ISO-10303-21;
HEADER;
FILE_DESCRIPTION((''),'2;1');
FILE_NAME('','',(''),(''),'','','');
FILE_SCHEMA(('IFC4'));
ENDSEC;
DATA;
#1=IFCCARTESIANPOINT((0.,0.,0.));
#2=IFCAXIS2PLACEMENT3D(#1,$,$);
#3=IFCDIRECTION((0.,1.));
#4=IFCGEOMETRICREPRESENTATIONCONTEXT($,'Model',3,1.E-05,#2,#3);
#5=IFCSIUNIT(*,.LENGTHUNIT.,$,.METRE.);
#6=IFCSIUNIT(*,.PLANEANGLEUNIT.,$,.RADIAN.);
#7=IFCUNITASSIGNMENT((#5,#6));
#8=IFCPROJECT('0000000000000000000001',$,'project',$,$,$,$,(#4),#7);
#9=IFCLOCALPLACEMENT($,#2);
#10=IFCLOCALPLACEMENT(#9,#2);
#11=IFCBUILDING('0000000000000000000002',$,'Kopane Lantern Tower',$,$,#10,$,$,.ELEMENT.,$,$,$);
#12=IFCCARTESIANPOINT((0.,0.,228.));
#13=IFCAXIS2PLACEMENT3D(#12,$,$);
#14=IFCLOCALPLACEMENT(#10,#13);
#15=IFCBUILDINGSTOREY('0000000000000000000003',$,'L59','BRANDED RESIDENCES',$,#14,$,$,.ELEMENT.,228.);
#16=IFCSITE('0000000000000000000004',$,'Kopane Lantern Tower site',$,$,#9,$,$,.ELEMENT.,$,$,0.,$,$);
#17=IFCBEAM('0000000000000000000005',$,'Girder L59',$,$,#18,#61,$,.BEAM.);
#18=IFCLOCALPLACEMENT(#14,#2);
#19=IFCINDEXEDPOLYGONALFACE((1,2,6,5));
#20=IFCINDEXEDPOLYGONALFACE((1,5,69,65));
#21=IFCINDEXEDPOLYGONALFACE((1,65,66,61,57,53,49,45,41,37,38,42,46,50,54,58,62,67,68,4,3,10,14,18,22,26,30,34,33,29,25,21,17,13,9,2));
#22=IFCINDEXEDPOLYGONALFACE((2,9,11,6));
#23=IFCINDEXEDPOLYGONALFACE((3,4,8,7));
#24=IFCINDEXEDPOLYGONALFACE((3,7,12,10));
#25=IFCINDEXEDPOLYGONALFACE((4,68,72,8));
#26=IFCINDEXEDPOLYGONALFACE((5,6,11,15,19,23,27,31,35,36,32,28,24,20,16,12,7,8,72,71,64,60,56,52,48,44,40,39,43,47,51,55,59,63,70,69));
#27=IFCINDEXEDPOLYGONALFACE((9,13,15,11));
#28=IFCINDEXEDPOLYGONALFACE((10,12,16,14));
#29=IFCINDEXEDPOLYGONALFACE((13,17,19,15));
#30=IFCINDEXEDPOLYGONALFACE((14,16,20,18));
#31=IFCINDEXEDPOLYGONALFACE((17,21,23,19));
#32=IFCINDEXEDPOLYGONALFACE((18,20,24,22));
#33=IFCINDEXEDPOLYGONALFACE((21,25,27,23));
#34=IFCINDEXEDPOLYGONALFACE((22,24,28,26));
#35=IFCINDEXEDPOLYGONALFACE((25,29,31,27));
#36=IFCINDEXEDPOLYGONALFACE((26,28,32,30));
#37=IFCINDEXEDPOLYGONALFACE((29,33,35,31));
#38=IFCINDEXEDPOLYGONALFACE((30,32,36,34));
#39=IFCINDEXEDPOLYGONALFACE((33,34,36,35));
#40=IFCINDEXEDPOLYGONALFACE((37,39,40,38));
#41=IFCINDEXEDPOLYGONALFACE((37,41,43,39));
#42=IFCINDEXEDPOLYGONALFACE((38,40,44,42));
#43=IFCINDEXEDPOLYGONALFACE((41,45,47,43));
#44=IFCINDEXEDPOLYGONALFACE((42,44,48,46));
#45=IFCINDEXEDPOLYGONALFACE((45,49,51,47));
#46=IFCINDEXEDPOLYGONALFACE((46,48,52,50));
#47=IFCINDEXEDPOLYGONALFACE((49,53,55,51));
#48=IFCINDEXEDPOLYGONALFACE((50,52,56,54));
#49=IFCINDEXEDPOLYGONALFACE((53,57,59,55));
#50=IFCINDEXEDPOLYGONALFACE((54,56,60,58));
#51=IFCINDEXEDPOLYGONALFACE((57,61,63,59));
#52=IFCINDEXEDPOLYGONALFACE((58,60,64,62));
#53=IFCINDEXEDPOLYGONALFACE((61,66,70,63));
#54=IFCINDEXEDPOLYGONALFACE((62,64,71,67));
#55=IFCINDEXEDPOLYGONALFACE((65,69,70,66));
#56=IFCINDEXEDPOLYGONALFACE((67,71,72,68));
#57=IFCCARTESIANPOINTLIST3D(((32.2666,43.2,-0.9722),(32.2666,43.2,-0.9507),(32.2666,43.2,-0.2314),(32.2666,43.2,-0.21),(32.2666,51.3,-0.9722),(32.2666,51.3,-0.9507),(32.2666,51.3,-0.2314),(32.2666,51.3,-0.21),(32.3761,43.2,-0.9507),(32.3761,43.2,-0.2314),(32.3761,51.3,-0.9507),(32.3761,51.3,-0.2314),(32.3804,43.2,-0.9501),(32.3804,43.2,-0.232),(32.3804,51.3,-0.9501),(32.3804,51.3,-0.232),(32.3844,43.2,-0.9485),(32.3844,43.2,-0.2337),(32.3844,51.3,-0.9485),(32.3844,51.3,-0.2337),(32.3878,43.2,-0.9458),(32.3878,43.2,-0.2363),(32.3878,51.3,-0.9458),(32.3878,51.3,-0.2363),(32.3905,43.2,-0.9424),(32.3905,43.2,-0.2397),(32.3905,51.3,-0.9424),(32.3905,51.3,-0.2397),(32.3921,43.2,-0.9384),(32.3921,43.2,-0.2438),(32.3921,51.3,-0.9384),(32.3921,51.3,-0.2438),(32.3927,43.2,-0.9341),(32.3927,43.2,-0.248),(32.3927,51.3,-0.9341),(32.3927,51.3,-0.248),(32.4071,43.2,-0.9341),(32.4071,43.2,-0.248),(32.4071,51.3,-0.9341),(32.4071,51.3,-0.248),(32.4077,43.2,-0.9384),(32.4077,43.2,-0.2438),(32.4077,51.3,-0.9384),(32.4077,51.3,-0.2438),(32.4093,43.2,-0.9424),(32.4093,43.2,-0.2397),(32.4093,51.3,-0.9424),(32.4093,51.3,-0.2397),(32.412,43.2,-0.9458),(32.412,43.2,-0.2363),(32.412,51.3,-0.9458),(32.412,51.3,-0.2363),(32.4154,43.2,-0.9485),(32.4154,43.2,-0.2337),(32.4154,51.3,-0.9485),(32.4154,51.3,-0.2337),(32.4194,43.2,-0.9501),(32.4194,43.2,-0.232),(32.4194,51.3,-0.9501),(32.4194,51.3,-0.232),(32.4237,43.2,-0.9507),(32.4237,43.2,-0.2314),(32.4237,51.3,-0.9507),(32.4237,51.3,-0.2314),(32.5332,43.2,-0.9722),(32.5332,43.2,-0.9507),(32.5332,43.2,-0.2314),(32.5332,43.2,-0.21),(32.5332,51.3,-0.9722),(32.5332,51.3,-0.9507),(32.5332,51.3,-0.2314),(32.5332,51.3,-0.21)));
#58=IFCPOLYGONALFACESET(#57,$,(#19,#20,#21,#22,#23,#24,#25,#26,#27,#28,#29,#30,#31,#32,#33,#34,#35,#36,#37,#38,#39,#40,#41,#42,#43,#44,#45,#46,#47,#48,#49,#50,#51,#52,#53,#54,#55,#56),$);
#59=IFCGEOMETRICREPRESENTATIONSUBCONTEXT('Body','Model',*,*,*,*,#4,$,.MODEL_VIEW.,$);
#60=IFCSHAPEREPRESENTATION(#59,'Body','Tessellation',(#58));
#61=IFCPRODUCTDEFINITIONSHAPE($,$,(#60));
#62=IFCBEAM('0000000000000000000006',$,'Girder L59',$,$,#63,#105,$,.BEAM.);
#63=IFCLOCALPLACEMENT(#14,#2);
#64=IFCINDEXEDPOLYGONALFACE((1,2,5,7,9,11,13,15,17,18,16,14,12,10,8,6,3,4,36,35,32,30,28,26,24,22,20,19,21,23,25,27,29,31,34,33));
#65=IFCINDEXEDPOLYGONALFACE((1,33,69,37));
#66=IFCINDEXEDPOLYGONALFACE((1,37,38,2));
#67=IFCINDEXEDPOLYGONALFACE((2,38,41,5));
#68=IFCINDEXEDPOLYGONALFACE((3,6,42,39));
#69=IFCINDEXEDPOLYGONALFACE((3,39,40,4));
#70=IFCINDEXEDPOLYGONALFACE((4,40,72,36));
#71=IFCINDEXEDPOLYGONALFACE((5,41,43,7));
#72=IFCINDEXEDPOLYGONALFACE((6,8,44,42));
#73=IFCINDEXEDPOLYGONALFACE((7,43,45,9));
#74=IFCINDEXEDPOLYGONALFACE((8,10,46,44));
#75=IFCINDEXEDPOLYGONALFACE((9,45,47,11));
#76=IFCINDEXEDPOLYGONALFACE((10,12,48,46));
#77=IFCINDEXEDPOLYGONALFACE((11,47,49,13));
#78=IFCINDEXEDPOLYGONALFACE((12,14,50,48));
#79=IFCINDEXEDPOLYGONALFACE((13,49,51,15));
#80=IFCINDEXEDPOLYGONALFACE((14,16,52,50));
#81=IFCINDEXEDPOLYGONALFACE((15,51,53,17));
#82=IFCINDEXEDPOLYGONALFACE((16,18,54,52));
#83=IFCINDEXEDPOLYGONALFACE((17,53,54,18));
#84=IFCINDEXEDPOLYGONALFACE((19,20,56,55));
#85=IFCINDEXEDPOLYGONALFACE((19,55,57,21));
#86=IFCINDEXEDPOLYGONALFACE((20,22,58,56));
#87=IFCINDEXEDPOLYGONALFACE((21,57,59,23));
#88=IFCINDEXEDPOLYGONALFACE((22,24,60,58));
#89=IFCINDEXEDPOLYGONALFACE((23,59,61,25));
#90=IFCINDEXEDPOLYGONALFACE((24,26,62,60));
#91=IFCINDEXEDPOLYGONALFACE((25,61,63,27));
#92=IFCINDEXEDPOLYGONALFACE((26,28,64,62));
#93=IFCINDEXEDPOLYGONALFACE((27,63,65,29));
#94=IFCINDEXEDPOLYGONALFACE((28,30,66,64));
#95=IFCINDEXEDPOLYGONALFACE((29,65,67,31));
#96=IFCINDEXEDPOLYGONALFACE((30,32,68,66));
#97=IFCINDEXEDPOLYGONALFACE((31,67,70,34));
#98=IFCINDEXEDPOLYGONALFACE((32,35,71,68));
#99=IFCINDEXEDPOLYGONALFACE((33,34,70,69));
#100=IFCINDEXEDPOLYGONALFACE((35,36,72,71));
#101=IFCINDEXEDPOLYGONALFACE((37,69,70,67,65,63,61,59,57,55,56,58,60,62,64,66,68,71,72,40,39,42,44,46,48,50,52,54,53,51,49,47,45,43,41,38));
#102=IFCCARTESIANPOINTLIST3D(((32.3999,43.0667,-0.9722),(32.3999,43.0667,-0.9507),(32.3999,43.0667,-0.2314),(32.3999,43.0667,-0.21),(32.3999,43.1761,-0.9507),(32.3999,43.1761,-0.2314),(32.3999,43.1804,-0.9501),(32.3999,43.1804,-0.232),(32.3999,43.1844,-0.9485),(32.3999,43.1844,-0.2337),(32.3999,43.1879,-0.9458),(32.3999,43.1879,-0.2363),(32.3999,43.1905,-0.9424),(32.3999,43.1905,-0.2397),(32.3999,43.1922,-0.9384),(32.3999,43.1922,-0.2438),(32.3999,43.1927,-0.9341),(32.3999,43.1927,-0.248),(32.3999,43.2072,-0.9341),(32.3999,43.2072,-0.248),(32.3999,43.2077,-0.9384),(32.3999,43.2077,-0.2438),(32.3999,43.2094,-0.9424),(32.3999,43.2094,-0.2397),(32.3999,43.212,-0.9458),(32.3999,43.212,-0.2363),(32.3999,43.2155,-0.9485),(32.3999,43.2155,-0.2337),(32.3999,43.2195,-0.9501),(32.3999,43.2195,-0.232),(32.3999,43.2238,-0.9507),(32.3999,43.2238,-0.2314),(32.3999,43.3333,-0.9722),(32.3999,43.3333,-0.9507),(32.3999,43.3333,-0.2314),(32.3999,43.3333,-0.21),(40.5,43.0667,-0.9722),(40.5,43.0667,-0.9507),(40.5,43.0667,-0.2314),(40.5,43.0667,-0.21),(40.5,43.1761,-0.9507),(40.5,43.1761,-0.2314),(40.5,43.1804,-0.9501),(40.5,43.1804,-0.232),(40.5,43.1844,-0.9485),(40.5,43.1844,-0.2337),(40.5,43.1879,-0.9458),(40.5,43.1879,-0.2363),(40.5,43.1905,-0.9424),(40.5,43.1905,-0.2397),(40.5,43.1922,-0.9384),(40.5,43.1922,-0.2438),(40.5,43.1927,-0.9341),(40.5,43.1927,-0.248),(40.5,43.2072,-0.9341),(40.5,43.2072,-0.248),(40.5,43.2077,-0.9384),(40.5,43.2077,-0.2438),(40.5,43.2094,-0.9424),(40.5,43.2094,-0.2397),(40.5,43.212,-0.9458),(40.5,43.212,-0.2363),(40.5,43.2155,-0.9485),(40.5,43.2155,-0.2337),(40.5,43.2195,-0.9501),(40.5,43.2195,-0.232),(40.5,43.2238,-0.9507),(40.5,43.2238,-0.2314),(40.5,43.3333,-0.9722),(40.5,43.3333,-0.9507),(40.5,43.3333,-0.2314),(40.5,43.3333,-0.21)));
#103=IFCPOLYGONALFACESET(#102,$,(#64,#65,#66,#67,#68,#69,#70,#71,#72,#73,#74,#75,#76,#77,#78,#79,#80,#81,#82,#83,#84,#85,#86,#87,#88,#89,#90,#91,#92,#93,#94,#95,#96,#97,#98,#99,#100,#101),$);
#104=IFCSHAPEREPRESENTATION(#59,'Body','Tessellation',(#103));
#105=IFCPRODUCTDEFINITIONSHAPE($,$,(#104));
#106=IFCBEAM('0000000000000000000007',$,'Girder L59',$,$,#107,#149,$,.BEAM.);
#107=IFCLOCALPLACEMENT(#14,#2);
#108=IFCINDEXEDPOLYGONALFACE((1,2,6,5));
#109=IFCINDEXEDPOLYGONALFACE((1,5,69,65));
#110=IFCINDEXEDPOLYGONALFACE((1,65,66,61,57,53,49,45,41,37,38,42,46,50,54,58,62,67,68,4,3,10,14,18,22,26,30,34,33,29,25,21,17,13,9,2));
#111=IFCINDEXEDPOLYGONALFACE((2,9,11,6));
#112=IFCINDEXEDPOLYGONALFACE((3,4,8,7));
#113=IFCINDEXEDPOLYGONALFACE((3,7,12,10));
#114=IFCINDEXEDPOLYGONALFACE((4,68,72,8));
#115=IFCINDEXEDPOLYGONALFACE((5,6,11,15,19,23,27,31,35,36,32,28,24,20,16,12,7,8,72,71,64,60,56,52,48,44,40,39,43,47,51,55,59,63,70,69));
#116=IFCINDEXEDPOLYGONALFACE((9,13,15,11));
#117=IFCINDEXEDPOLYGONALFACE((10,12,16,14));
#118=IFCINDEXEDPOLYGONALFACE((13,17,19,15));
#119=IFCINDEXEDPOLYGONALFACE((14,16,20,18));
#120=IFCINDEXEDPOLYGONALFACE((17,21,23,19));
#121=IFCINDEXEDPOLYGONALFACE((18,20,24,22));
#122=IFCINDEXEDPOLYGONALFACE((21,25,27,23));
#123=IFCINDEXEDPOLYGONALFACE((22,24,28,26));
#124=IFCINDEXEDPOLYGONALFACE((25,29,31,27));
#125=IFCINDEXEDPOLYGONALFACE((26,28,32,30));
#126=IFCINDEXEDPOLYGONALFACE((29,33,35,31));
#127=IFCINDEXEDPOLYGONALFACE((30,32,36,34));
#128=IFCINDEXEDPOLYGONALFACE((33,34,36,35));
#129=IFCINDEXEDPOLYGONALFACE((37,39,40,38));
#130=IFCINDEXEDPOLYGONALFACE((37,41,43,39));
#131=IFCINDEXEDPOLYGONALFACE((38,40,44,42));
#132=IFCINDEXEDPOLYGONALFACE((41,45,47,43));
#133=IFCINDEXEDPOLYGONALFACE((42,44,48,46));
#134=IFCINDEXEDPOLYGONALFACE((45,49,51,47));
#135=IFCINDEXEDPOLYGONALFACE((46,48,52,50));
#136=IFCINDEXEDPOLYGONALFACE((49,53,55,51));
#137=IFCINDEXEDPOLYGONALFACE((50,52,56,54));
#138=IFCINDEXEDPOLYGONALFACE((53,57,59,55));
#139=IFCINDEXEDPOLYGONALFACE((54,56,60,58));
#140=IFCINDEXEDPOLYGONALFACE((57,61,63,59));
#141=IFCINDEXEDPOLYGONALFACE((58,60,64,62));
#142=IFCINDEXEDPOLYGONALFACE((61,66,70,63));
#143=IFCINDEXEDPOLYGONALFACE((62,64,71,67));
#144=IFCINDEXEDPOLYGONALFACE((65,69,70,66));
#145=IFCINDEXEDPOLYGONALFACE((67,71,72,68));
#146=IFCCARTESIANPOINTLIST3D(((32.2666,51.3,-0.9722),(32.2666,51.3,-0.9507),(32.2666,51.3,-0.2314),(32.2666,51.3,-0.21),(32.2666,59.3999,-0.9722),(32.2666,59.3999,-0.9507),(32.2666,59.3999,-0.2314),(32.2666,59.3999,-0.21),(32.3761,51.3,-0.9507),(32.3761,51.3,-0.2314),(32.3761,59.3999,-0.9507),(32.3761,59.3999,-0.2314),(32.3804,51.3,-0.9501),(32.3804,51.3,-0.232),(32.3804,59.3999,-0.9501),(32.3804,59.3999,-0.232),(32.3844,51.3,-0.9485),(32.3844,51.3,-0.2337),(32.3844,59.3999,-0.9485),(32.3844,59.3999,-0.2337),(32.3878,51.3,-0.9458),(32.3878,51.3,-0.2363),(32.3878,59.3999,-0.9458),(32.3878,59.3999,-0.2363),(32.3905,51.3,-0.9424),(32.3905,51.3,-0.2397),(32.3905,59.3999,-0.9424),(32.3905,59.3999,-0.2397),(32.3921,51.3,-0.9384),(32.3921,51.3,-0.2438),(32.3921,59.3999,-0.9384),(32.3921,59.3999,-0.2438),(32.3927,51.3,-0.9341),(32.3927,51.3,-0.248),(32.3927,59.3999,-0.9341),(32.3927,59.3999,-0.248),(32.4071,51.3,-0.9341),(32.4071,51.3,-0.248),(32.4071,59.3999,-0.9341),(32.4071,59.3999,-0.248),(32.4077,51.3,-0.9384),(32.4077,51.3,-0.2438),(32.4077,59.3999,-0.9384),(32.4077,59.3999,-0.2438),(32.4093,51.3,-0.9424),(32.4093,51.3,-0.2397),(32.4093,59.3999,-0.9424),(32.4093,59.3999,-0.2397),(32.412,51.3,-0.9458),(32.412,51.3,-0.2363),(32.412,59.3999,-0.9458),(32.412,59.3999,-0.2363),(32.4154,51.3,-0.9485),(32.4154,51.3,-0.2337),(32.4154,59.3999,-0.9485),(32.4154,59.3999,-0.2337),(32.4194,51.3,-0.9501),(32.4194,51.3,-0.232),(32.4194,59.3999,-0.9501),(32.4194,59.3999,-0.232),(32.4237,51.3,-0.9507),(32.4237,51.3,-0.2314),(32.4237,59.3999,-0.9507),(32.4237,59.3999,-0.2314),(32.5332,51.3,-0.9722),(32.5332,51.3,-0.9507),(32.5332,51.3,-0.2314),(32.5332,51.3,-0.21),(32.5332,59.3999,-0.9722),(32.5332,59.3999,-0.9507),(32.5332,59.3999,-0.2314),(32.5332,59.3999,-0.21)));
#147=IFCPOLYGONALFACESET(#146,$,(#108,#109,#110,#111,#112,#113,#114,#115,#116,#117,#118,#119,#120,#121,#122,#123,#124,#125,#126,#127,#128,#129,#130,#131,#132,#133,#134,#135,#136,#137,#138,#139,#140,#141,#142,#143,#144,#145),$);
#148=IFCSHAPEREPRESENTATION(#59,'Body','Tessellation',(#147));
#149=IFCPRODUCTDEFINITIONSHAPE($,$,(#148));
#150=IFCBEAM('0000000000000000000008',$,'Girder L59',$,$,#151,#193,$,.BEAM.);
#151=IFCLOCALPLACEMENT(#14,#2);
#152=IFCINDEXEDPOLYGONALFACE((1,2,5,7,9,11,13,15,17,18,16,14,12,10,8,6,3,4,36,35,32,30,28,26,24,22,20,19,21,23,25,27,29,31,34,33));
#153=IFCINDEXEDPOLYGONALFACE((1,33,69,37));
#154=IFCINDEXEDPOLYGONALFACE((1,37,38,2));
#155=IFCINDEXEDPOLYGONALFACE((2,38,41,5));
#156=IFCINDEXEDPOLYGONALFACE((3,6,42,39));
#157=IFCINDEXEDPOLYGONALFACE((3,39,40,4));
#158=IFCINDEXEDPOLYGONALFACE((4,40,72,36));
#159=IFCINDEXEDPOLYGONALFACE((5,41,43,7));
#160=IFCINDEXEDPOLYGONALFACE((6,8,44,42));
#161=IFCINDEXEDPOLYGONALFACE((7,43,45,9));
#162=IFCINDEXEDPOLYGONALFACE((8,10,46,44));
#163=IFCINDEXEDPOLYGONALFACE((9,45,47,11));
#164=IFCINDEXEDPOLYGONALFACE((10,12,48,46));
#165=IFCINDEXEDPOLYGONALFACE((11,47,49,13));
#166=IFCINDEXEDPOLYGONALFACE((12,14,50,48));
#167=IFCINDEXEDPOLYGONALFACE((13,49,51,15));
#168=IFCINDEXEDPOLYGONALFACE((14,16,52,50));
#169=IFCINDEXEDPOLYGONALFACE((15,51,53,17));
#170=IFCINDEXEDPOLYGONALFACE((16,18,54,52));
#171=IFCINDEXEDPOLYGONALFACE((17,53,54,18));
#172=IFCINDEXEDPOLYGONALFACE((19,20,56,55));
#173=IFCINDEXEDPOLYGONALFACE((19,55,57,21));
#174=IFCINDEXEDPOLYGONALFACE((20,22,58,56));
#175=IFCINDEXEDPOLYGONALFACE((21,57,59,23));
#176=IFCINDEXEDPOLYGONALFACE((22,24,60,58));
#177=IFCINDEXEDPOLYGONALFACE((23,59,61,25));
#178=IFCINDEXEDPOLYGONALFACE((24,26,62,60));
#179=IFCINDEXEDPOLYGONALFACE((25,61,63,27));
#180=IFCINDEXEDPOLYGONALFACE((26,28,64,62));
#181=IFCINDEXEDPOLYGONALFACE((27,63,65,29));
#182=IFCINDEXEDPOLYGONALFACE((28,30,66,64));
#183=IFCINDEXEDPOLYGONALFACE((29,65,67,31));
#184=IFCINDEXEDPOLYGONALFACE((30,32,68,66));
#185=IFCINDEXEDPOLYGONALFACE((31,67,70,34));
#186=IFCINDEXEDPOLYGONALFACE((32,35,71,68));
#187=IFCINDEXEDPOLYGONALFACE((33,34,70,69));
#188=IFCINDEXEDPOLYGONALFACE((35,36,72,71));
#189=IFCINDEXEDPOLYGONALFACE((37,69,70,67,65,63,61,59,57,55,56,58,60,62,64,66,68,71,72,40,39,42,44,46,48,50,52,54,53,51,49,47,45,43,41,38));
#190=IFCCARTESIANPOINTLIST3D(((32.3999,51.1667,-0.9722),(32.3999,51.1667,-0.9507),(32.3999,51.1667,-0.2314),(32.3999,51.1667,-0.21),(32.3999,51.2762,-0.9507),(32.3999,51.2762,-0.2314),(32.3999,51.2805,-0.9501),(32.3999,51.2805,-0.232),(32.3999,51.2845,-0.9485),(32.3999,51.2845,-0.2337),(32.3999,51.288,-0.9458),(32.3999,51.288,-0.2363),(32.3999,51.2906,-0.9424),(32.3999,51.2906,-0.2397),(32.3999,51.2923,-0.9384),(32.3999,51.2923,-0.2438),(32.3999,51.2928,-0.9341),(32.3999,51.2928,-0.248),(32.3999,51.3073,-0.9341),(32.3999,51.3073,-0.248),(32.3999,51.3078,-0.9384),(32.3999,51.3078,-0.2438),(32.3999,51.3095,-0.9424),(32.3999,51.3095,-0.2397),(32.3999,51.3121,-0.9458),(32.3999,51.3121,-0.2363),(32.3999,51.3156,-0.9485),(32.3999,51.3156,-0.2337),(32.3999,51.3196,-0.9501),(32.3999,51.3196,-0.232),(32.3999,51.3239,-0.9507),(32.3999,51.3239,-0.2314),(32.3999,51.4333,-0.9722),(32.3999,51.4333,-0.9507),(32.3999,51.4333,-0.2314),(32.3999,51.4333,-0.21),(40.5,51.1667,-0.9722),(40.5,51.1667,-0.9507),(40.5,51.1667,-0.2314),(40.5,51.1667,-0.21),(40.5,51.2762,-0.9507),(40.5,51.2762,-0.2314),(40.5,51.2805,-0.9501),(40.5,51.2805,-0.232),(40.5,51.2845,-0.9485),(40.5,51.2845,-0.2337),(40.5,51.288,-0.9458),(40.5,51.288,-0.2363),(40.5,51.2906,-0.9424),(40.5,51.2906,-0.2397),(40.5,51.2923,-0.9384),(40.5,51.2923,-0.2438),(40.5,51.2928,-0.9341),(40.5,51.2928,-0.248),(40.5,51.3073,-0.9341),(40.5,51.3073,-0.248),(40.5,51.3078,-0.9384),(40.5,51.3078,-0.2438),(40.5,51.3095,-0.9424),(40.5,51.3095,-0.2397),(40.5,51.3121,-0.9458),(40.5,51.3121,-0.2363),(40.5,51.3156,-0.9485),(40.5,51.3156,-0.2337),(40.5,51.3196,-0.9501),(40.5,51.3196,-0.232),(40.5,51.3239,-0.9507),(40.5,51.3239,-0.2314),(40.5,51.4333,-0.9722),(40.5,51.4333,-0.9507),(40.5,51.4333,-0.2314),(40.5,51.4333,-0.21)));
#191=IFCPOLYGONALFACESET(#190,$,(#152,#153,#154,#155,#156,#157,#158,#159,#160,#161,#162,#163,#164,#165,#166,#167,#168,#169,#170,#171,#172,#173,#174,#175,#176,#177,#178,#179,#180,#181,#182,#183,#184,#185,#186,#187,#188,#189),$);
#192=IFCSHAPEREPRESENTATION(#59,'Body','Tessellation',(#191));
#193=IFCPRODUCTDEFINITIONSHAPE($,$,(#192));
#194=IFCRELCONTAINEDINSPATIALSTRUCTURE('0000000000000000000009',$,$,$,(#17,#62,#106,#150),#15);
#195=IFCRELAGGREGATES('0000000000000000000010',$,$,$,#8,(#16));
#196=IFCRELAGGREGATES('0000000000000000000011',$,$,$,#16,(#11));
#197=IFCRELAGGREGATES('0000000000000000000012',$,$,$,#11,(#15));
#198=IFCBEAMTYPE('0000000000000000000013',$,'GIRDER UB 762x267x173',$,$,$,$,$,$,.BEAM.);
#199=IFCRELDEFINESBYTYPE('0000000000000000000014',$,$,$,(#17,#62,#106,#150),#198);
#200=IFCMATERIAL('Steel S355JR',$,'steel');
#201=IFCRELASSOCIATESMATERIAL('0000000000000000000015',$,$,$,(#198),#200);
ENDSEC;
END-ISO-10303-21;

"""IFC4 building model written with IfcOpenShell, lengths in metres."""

from ifc_helpers import new_model, si_unit, direction, frame, origin, origin_2d, place, context, subcontext, project, spatial, i_section, extrude, material, material_profile, profile_set, type_object, element, save


model = new_model("IFC4")

# Units and contexts
model_context = context("Model", 3, precision=1e-05, world=origin(), true_north=direction((0.0, 1.0)))
body_context = subcontext(model_context, "Body", "Model", "MODEL_VIEW")
ifc_project = project(units=[si_unit("LENGTHUNIT", "METRE"), si_unit("PLANEANGLEUNIT", "RADIAN")], contexts=[model_context])

# Site, building, storey
site_placement = place(None, origin())
site = spatial("IfcSite", under=ifc_project, at=site_placement, Name="Kopane Lantern Tower site", CompositionType="ELEMENT", RefElevation=0.0)
building_placement = place(site_placement, origin())
building = spatial("IfcBuilding", under=site, at=building_placement, Name="Kopane Lantern Tower", CompositionType="ELEMENT")
storey_placement = place(building_placement, frame((0.0, 0.0, 228.0)))
storey = spatial("IfcBuildingStorey", under=building, at=storey_placement, Name="L59", Description="BRANDED RESIDENCES", CompositionType="ELEMENT", Elevation=228.0)

# Beams
ifc_material_1 = material(Name="Steel S355JR", Category="steel")
ifc_material_profile_1 = material_profile(ifc_material_1, i_section(OverallWidth=0.2666, OverallDepth=0.7622, WebThickness=0.0144, FlangeThickness=0.0215, FilletRadius=0.0166, at=origin_2d()), Name="UB 762x267x173")
ifc_profile_set_1 = profile_set([ifc_material_profile_1], Name="Steel S355JR")
beam_type = type_object("IfcBeamType", Name="GIRDER UB 762x267x173", PredefinedType="BEAM", material=ifc_profile_set_1)
for number, where, z_axis, x_axis, name in (
    (1, (32.3999, 43.2, -0.5911), (0.0, 1.0, 0.0), (-1.0, 0.0, 0.0), "Girder L59"),
    (2, (32.3999, 43.2, -0.5911), (1.0, 0.0, 0.0), (0.0, 1.0, 0.0), "Girder L59"),
):
    element("IfcBeam", number, at=place(storey_placement, frame(where, z_axis=z_axis, x_axis=x_axis)), inside=storey, type_object=beam_type, Name=name, PredefinedType="BEAM", context=body_context, shape_type="SweptSolid", body=[
        extrude(i_section(OverallWidth=0.2666, OverallDepth=0.7622, WebThickness=0.0144, FlangeThickness=0.0215, FilletRadius=0.0166, at=origin_2d()), origin(), (0.0, 0.0, 1.0), 8.1001),
    ])
beam_1_placement = place(storey_placement, frame((32.3999, 51.3, -0.5911), z_axis=(0.0, 1.0, 0.0), x_axis=(-1.0, 0.0, 0.0)))
element("IfcBeam", 3, at=beam_1_placement, inside=storey, type_object=beam_type, Name="Girder L59", PredefinedType="BEAM", context=body_context, shape_type="SweptSolid", body=[
    extrude(i_section(OverallWidth=0.2666, OverallDepth=0.7622, WebThickness=0.0144, FlangeThickness=0.0215, FilletRadius=0.0166, at=origin_2d()), origin(), (0.0, 0.0, 1.0), 8.0999),
])
for number, where, z_axis, x_axis, name in (
    (4, (32.3999, 51.3, -0.5911), (1.0, 0.0, 0.0), (0.0, 1.0, 0.0), "Girder L59"),
):
    element("IfcBeam", number, at=place(storey_placement, frame(where, z_axis=z_axis, x_axis=x_axis)), inside=storey, type_object=beam_type, Name=name, PredefinedType="BEAM", context=body_context, shape_type="SweptSolid", body=[
        extrude(i_section(OverallWidth=0.2666, OverallDepth=0.7622, WebThickness=0.0144, FlangeThickness=0.0215, FilletRadius=0.0166, at=origin_2d()), origin(), (0.0, 0.0, 1.0), 8.1001),
    ])

save(model, "model.ifc")
